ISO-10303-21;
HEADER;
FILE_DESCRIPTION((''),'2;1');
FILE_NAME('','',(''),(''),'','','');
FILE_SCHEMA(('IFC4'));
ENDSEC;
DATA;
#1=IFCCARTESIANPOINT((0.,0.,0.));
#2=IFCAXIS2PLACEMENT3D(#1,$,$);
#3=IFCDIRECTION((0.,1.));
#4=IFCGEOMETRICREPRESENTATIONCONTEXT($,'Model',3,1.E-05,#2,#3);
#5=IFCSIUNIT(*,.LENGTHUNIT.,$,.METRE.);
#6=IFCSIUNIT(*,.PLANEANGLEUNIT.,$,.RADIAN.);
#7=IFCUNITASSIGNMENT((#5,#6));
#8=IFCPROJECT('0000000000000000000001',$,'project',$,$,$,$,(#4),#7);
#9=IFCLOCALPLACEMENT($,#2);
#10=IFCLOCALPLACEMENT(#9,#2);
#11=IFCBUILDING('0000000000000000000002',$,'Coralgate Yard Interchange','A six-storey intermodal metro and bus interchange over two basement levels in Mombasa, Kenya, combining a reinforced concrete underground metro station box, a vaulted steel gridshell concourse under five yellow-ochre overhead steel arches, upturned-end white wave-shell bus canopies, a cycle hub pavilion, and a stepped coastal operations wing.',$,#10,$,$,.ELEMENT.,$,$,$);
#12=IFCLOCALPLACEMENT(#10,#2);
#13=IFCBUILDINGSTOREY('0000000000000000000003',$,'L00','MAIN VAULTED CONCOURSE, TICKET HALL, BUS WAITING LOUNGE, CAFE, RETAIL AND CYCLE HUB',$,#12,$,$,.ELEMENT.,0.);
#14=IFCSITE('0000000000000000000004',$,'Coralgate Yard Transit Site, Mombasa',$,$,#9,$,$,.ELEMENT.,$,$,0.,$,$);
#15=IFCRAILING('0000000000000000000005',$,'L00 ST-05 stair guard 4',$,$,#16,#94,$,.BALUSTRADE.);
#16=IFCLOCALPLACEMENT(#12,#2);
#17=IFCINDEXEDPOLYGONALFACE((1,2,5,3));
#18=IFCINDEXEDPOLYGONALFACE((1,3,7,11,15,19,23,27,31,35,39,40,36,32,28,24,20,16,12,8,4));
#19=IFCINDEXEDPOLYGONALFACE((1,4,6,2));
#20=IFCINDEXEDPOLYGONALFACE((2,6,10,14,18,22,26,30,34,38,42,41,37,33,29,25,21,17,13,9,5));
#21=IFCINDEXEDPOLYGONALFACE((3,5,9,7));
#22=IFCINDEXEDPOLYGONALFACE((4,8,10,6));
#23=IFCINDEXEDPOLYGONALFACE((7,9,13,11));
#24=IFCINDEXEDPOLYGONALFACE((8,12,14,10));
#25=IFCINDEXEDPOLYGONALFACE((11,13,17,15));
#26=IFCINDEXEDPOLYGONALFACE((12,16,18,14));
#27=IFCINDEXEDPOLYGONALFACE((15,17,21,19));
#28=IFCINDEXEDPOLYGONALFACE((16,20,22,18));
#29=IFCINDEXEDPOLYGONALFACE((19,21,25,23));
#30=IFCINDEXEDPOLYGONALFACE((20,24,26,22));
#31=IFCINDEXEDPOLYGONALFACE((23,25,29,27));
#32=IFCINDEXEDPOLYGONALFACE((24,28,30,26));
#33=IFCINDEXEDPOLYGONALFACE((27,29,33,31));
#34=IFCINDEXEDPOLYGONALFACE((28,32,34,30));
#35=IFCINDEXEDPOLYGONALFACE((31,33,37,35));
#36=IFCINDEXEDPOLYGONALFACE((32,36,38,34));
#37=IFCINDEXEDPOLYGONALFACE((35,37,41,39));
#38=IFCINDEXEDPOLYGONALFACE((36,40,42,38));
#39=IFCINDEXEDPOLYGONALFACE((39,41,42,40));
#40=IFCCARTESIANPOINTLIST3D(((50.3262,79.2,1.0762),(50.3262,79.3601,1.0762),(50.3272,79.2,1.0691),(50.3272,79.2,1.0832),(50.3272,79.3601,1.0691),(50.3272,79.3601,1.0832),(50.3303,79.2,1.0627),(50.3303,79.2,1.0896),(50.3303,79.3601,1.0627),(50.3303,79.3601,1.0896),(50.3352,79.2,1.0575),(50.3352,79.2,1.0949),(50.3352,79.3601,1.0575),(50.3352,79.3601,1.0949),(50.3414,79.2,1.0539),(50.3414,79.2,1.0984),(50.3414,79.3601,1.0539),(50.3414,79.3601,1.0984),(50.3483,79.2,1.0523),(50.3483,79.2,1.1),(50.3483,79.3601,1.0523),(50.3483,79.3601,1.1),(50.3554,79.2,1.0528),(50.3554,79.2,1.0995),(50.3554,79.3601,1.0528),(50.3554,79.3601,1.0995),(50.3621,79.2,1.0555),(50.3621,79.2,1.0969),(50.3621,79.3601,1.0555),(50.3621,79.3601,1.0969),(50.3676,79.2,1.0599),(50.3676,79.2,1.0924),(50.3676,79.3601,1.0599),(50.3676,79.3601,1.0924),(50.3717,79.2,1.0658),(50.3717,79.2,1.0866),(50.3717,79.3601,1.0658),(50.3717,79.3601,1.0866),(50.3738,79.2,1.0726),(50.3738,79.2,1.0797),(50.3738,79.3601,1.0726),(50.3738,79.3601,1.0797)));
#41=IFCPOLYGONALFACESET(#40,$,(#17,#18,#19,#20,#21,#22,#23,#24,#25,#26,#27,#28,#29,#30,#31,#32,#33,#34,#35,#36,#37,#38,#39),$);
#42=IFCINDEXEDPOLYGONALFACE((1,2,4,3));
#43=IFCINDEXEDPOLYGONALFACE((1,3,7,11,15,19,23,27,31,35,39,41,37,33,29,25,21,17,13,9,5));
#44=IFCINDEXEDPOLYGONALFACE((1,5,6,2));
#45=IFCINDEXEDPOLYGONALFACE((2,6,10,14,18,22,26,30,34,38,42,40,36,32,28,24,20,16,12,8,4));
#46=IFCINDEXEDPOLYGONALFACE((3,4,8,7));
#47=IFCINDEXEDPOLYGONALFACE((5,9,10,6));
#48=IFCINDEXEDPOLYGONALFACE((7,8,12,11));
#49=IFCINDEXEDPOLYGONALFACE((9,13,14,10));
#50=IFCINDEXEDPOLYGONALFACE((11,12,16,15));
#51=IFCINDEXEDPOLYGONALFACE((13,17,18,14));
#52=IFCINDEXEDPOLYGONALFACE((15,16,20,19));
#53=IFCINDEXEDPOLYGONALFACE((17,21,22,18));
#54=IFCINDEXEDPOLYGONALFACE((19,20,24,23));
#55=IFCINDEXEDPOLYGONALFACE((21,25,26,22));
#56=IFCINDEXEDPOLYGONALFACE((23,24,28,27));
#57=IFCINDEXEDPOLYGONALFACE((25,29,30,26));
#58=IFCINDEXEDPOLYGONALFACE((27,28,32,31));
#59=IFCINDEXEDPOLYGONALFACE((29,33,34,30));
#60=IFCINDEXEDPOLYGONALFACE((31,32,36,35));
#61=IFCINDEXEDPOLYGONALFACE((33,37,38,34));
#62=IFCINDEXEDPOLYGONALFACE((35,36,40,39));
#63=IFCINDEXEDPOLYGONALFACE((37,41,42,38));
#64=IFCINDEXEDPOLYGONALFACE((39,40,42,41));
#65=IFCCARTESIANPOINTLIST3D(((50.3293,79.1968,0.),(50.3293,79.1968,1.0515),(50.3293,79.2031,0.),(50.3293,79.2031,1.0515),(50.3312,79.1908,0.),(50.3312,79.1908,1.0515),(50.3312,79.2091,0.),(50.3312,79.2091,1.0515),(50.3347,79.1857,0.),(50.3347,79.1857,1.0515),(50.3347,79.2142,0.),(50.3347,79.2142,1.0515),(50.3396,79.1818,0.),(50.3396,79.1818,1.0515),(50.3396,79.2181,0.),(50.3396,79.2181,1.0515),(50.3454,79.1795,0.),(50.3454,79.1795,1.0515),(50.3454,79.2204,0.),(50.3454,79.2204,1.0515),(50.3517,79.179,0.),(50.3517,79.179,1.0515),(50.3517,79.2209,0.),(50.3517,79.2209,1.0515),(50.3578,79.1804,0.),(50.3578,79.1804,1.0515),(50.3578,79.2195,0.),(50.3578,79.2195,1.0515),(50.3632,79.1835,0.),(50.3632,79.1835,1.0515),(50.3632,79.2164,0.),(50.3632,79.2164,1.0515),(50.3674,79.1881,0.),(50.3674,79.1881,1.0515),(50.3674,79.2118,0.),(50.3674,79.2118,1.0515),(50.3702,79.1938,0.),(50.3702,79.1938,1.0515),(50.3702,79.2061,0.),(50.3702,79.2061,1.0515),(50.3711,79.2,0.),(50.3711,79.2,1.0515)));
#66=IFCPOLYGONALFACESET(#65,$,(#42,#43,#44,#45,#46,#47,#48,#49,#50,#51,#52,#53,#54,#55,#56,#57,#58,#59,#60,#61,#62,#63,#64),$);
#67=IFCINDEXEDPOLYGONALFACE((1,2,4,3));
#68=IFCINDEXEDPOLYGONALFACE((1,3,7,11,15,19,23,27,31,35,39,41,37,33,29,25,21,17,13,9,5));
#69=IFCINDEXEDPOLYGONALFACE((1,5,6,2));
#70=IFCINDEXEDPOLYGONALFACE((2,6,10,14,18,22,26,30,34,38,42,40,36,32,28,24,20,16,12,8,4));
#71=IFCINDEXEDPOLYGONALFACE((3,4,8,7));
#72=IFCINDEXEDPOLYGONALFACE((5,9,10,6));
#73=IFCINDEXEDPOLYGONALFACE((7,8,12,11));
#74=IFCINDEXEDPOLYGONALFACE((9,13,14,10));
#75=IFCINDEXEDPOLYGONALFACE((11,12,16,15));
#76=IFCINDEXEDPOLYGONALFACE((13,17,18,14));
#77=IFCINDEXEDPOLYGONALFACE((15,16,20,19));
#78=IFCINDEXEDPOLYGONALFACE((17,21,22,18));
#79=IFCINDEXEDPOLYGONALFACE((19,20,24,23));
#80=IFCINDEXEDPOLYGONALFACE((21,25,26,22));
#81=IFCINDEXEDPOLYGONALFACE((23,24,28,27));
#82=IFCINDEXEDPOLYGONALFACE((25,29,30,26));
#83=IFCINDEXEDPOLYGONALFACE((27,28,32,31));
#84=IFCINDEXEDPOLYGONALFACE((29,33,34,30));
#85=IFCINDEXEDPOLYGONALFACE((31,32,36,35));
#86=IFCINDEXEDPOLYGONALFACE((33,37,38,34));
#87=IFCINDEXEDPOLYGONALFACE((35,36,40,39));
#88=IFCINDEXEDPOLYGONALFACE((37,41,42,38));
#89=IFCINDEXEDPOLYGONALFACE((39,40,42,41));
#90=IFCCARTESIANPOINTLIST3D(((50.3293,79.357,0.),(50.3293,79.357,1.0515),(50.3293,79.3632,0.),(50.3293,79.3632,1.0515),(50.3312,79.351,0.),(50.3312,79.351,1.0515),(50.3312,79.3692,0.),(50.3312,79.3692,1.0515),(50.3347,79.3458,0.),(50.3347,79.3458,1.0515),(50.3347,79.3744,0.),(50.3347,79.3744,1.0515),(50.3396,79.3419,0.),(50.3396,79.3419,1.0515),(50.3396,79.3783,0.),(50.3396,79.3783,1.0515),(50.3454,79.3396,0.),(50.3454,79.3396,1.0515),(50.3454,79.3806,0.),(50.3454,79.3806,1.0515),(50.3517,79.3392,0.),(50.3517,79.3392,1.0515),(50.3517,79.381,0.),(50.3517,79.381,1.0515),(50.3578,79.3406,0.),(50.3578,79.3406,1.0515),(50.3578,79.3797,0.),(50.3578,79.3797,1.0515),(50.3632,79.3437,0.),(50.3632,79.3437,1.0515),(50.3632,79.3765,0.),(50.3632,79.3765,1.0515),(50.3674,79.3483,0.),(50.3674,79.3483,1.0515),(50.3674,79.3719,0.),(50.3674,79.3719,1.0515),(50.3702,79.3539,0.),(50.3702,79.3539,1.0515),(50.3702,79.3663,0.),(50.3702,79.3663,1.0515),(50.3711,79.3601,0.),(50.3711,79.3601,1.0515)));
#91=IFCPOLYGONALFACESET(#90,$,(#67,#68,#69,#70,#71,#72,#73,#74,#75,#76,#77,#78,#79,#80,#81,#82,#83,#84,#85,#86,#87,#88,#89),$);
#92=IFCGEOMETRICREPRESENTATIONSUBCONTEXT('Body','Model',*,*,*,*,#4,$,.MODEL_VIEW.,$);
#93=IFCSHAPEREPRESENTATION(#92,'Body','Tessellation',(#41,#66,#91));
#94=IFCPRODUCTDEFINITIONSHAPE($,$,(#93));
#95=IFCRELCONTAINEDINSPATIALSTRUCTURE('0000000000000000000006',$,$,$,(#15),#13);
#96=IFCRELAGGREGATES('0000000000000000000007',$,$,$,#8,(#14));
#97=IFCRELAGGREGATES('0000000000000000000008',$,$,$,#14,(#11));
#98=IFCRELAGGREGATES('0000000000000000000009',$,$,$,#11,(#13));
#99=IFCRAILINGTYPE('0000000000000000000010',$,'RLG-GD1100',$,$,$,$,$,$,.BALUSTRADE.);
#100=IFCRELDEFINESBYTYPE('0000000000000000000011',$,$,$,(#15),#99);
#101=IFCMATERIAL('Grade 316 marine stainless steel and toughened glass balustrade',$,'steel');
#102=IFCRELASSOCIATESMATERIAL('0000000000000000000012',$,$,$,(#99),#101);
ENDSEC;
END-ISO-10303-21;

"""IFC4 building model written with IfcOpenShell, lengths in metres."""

from ifc_helpers import new_model, si_unit, direction, frame, origin, origin_2d, place, context, subcontext, project, spatial, circle, extrude, material, type_object, element, save


model = new_model("IFC4")

# Units and contexts
model_context = context("Model", 3, precision=1e-05, world=origin(), true_north=direction((0.0, 1.0)))
body_context = subcontext(model_context, "Body", "Model", "MODEL_VIEW")
ifc_project = project(units=[si_unit("LENGTHUNIT", "METRE"), si_unit("PLANEANGLEUNIT", "RADIAN")], contexts=[model_context])

# Site, building, storey
site_placement = place(None, origin())
site = spatial("IfcSite", under=ifc_project, at=site_placement, Name="Coralgate Yard Transit Site, Mombasa", CompositionType="ELEMENT", RefElevation=0.0)
building_placement = place(site_placement, origin())
building = spatial("IfcBuilding", under=site, at=building_placement, Name="Coralgate Yard Interchange", Description="A six-storey intermodal metro and bus interchange over two basement levels in Mombasa, Kenya, combining a reinforced concrete underground metro station box, a vaulted steel gridshell concourse under five yellow-ochre overhead steel arches, upturned-end white wave-shell bus canopies, a cycle hub pavilion, and a stepped coastal operations wing.", CompositionType="ELEMENT")
storey_placement = place(building_placement, origin())
storey = spatial("IfcBuildingStorey", under=building, at=storey_placement, Name="L00", Description="MAIN VAULTED CONCOURSE, TICKET HALL, BUS WAITING LOUNGE, CAFE, RETAIL AND CYCLE HUB", CompositionType="ELEMENT", Elevation=0.0)

# Railing
ifc_material_1 = material(Name="Grade 316 marine stainless steel and toughened glass balustrade", Category="steel")
railing_type_1 = type_object("IfcRailingType", Name="RLG-GD1100", PredefinedType="BALUSTRADE", material=ifc_material_1)
railing_1_placement = place(storey_placement, frame((50.3501, 79.2, 0.0)))
element("IfcRailing", 1, at=railing_1_placement, inside=storey, type_object=railing_type_1, Name="L00 ST-05 stair guard 4", PredefinedType="BALUSTRADE", context=body_context, shape_type="SweptSolid", body=[
    extrude(circle(Radius=0.0239, at=origin_2d()), frame((0.0, 0.0, 1.0762), z_axis=(0.0, 1.0, 0.0), x_axis=(-1.0, 0.0, 0.0)), (0.0, 0.0, 1.0), 0.1602),
    extrude(circle(Radius=0.021, at=origin_2d()), origin(), (0.0, 0.0, 1.0), 1.0515),
    extrude(circle(Radius=0.021, at=origin_2d()), frame((0.0, 0.1602, 0.0)), (0.0, 0.0, 1.0), 1.0515),
])

save(model, "model.ifc")
